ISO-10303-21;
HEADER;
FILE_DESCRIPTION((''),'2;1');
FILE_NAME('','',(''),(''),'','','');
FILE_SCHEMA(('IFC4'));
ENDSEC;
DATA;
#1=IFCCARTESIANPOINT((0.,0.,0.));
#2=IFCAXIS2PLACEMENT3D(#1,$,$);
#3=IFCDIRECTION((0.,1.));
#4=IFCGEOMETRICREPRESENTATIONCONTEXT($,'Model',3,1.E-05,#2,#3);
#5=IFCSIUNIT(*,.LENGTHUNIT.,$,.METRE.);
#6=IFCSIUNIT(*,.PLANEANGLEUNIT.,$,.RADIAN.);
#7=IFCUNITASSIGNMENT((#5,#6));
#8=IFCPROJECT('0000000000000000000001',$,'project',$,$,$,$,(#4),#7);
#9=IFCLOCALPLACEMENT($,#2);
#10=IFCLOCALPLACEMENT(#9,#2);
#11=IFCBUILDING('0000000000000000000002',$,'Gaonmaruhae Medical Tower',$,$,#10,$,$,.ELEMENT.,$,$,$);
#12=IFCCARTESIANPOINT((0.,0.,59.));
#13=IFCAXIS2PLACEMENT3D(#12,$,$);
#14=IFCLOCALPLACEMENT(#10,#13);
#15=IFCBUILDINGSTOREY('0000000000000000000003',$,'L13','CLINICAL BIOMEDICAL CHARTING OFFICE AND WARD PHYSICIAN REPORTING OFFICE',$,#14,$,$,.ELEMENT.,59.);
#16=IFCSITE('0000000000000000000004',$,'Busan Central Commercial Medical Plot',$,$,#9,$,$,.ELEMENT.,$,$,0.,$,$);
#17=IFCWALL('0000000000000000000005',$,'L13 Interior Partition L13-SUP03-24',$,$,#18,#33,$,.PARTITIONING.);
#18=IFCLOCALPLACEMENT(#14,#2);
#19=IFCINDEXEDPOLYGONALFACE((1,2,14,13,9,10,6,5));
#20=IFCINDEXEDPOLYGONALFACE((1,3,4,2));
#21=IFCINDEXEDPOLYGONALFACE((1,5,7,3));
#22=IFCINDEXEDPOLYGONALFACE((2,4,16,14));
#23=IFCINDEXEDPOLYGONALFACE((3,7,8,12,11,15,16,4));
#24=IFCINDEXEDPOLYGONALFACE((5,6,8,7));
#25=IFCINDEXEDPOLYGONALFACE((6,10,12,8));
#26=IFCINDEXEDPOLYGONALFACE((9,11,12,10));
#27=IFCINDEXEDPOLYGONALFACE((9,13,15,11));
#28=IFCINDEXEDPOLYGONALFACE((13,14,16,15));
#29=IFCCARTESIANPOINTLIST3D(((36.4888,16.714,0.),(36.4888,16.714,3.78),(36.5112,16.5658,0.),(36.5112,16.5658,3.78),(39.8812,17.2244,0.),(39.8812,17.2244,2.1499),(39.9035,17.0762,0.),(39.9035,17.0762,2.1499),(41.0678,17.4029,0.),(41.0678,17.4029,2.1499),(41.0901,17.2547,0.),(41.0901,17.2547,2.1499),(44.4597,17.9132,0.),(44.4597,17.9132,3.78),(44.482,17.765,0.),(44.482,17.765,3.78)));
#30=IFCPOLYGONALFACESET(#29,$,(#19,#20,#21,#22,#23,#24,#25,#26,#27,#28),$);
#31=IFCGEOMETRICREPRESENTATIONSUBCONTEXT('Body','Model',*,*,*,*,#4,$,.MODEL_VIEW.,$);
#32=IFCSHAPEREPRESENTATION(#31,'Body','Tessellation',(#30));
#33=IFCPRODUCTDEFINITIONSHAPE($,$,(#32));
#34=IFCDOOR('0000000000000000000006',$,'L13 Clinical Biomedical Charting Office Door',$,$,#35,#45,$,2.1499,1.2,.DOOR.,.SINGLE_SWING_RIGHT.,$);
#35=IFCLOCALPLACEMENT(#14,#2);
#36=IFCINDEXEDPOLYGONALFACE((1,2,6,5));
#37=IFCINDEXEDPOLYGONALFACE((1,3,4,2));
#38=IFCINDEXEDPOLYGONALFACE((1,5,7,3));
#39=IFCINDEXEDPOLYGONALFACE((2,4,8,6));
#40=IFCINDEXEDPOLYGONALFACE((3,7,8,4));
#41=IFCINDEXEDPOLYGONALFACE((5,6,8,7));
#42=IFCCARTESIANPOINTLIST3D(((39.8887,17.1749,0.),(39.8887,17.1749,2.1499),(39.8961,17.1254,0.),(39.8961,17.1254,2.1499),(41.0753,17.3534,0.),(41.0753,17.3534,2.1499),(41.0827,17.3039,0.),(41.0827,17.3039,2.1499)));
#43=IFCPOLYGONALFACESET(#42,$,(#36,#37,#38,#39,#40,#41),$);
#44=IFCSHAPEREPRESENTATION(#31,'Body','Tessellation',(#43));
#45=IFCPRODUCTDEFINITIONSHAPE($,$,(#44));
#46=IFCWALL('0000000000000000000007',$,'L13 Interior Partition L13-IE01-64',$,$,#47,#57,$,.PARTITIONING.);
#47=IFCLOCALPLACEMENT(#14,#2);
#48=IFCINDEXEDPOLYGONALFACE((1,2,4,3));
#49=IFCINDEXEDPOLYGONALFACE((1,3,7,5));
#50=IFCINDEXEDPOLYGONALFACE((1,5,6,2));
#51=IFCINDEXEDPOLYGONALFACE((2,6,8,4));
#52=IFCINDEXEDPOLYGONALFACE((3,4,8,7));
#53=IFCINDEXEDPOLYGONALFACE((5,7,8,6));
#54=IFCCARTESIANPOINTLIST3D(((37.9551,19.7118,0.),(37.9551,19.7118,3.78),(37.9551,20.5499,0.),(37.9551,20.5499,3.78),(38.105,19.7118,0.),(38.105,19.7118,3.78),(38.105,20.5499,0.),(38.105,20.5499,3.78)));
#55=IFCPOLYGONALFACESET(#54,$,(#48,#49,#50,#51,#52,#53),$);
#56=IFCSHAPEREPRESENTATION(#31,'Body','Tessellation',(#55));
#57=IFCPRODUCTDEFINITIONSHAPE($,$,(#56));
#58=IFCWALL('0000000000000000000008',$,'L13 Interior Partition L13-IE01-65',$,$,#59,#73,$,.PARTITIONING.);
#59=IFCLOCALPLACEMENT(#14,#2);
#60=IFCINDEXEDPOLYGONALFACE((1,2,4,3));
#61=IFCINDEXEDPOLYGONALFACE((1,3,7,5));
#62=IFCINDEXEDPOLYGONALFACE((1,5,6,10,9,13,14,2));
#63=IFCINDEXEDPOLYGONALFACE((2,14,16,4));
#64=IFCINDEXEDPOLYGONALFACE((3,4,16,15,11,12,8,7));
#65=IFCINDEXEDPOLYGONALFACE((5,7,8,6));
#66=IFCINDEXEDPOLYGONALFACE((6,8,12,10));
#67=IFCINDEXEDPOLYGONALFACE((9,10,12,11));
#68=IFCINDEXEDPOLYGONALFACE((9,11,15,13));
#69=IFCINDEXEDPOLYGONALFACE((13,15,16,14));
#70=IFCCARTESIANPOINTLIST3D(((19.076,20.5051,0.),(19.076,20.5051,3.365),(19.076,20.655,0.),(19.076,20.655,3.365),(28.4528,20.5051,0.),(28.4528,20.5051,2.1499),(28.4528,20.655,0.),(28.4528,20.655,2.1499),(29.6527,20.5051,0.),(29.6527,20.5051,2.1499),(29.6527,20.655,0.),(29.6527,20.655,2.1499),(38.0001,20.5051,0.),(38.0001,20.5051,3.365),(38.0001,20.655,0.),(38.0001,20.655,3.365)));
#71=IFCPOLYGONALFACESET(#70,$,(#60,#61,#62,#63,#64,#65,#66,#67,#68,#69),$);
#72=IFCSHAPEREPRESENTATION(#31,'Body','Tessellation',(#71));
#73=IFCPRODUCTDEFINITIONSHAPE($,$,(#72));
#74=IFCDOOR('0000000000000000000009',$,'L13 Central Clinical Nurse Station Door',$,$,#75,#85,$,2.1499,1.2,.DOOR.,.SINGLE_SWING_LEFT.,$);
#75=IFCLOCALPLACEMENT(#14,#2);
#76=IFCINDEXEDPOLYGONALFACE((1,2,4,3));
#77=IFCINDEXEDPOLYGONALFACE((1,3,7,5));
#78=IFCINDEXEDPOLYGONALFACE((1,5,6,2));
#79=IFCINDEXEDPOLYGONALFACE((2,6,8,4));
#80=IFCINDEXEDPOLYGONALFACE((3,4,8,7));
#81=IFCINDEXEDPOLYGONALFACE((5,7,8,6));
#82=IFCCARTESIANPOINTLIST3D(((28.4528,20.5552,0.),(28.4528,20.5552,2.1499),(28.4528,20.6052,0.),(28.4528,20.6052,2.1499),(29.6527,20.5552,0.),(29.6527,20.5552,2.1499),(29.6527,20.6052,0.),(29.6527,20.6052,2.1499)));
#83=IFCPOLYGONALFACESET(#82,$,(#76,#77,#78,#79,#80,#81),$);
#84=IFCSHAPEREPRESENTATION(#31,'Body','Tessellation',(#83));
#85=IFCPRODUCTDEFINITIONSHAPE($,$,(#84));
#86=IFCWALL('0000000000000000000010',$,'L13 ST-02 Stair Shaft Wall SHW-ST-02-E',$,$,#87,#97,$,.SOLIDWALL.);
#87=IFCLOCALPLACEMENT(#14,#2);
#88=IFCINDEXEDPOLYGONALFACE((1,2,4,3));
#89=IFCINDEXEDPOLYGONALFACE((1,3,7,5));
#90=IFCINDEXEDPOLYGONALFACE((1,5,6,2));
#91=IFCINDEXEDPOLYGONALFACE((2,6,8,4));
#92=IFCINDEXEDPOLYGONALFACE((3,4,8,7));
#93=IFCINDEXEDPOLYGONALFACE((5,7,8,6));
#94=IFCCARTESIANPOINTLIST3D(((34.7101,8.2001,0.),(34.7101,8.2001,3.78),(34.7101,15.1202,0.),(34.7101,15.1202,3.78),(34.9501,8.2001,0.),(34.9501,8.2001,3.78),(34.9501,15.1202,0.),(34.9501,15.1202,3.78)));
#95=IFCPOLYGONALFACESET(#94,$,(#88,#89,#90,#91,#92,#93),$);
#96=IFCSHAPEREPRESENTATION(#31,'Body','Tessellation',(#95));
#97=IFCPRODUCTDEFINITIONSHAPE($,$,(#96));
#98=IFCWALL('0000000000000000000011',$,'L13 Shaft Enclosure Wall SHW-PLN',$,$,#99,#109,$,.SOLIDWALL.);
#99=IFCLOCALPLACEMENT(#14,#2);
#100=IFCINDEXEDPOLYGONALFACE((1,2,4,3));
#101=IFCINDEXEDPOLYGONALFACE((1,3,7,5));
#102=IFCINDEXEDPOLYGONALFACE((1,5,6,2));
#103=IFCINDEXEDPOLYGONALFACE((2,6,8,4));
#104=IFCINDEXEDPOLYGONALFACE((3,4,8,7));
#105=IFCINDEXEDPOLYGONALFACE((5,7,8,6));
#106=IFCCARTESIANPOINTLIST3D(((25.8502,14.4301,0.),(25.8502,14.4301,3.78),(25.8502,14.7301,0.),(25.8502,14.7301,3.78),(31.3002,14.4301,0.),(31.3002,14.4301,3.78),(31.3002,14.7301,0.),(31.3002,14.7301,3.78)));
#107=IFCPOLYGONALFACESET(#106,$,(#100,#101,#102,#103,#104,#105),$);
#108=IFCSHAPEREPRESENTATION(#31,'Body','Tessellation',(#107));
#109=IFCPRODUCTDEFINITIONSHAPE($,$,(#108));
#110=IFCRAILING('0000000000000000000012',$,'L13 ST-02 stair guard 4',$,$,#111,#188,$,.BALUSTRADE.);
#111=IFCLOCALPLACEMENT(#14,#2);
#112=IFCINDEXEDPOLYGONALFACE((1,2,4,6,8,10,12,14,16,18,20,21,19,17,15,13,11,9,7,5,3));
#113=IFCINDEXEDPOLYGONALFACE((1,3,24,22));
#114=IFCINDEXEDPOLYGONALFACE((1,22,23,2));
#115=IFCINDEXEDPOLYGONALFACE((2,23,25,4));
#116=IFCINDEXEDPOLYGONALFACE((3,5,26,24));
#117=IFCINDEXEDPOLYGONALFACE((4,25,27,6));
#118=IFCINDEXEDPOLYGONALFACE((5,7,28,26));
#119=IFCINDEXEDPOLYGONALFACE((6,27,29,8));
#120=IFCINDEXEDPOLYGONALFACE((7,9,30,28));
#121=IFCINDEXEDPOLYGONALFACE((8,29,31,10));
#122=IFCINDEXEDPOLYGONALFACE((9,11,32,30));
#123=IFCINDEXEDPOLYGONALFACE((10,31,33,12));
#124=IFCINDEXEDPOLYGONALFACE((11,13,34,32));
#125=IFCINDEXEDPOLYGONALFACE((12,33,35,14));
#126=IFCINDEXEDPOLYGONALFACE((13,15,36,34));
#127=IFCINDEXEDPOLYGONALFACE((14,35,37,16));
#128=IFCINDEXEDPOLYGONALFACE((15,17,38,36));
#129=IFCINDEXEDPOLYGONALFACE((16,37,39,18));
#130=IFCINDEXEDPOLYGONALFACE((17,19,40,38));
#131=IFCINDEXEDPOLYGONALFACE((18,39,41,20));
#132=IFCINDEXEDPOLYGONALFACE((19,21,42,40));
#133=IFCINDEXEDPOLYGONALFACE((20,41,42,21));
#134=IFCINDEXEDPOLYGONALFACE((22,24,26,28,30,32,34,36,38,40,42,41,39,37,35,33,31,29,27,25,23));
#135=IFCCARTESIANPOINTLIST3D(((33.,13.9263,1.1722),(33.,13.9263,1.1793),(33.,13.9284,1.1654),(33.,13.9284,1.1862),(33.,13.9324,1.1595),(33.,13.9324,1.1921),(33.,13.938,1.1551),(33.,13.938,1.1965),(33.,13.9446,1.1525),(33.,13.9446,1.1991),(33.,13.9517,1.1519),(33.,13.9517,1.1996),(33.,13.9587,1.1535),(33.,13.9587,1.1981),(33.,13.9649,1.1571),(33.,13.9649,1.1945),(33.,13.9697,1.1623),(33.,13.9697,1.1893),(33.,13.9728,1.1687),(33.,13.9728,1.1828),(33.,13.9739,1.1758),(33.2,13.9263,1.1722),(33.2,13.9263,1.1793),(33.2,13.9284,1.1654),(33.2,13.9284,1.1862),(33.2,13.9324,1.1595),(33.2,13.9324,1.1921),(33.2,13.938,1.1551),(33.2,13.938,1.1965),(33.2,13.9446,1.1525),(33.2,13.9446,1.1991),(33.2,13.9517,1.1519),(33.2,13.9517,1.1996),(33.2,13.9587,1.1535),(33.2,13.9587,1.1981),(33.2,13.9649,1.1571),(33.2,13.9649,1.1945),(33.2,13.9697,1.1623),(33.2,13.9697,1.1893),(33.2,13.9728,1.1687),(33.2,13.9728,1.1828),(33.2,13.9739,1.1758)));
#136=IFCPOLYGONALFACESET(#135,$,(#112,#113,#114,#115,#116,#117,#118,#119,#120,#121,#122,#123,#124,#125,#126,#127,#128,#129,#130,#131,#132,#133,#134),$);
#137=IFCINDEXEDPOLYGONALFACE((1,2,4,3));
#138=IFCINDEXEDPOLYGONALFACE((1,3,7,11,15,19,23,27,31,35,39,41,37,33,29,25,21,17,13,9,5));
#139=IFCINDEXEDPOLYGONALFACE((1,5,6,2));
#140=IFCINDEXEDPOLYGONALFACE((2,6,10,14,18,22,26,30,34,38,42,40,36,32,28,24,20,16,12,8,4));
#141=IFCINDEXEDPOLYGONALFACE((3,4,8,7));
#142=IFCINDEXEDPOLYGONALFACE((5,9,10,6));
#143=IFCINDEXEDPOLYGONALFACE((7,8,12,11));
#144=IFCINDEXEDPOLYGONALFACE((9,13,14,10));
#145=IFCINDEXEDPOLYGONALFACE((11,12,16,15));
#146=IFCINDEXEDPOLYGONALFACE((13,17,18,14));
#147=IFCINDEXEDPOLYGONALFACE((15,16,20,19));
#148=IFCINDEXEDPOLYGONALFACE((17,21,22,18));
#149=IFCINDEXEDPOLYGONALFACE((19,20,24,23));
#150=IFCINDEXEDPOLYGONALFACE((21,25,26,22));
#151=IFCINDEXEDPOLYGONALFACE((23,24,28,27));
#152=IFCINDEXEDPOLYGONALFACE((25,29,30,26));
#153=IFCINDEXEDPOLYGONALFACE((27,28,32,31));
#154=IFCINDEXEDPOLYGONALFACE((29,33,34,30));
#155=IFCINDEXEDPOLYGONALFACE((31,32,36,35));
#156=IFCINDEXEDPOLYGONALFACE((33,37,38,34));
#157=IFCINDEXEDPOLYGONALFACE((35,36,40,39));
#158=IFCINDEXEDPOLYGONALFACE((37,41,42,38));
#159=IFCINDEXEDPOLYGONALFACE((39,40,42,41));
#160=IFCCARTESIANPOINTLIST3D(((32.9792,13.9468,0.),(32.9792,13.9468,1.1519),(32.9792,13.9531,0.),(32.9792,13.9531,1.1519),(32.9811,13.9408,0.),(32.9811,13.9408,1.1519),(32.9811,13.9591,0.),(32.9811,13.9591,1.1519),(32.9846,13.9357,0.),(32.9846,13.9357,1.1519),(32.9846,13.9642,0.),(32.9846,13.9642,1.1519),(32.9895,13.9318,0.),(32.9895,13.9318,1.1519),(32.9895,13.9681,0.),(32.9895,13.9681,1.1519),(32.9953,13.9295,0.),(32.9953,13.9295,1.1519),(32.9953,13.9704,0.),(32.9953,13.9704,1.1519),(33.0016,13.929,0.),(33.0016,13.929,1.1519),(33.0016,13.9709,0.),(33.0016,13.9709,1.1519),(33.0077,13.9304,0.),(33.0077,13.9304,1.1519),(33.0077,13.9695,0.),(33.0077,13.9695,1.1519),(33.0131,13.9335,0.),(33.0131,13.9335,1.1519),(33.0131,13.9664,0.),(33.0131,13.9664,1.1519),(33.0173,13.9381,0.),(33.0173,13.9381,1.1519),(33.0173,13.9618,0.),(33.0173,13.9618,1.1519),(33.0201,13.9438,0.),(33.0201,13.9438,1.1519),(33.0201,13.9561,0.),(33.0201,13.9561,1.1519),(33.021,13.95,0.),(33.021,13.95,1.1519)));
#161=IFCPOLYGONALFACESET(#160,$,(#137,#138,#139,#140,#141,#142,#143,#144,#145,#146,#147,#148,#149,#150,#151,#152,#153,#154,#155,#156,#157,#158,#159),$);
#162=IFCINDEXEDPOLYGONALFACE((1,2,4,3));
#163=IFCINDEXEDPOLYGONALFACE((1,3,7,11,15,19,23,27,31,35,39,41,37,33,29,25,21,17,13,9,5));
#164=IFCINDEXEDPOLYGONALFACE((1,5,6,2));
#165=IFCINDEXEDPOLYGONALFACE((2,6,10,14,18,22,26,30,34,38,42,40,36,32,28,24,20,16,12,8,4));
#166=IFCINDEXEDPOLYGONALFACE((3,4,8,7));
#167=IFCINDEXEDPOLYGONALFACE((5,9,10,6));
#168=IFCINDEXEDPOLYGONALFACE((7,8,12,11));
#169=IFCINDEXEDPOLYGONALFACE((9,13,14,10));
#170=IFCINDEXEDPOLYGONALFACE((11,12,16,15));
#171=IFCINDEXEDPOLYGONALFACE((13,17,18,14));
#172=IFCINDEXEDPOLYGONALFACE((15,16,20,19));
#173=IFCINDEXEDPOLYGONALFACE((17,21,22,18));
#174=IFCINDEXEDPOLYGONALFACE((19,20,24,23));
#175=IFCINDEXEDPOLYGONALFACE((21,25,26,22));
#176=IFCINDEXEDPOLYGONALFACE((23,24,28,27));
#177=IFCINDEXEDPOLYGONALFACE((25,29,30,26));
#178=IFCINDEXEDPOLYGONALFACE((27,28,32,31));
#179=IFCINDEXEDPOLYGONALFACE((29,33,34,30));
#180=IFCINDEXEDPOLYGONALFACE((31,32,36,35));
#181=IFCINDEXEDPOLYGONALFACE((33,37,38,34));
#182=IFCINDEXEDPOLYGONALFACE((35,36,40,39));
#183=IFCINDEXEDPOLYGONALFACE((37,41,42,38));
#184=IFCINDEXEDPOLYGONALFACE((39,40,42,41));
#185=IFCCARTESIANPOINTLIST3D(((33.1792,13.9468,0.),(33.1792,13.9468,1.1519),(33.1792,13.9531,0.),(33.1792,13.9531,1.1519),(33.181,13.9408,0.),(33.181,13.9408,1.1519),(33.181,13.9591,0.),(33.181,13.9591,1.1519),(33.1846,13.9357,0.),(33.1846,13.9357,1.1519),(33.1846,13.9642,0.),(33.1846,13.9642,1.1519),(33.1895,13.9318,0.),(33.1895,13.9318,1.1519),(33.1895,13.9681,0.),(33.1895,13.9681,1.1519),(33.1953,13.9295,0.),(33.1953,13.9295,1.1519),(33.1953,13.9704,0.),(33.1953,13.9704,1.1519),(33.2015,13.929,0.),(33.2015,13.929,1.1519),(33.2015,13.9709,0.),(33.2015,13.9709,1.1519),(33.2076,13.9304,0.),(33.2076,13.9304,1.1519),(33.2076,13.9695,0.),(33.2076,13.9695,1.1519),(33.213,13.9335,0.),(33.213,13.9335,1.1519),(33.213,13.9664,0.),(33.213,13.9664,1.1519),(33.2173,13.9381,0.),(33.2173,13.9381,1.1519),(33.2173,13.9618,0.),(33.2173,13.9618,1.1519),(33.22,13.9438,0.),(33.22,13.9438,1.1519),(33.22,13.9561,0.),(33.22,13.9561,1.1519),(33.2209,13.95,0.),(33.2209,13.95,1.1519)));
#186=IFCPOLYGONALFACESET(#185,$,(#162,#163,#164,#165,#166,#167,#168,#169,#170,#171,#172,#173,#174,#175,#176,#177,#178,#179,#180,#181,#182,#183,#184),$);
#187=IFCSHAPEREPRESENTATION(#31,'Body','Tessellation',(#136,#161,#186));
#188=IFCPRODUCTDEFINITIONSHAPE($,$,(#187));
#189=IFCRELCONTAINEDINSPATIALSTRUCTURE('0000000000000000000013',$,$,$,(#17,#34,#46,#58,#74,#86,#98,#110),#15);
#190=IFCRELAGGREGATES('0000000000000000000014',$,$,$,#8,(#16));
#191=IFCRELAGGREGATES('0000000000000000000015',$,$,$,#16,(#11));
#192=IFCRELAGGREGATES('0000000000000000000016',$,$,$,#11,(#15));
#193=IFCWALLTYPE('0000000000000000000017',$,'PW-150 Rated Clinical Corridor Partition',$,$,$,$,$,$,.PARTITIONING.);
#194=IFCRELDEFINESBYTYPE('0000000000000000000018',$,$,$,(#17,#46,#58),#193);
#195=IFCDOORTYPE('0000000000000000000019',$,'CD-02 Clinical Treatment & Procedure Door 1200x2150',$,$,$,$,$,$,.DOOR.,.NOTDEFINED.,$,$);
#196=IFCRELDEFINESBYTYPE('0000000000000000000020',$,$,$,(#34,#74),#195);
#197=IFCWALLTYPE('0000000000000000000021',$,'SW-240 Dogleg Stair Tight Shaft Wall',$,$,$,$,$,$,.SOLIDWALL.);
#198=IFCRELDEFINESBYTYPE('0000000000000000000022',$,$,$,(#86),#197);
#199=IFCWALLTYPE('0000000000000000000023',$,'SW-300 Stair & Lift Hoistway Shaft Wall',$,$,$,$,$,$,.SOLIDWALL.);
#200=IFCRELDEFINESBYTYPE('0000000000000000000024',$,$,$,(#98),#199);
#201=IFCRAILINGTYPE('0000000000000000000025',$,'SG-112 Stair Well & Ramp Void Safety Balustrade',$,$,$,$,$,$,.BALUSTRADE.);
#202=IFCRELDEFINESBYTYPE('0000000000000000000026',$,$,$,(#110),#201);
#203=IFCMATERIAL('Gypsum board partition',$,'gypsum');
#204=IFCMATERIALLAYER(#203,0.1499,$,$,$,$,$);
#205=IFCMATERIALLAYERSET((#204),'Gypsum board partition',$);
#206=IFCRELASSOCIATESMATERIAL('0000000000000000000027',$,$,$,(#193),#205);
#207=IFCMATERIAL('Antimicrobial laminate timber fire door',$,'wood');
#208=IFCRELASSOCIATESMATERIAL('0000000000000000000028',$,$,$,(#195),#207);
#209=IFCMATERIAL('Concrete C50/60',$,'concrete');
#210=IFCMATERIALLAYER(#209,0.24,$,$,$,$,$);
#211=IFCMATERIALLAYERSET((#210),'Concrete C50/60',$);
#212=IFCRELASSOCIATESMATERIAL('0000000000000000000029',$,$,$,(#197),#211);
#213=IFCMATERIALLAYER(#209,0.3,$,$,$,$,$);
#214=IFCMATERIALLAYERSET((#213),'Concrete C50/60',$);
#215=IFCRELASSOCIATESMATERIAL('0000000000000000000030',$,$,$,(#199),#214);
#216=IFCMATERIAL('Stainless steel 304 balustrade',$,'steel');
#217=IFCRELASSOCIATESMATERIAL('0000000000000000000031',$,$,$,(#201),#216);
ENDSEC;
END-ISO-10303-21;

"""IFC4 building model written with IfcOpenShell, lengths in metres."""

from ifc_helpers import new_model, si_unit, direction, frame, frame_2d, origin, origin_2d, place, context, subcontext, project, spatial, rectangle, circle, extrude, material, layer, layer_set, type_object, element, fill, save


model = new_model("IFC4")

# Units and contexts
model_context = context("Model", 3, precision=1e-05, world=origin(), true_north=direction((0.0, 1.0)))
body_context = subcontext(model_context, "Body", "Model", "MODEL_VIEW")
ifc_project = project(units=[si_unit("LENGTHUNIT", "METRE"), si_unit("PLANEANGLEUNIT", "RADIAN")], contexts=[model_context])

# Site, building, storey
site_placement = place(None, origin())
site = spatial("IfcSite", under=ifc_project, at=site_placement, Name="Busan Central Commercial Medical Plot", CompositionType="ELEMENT", RefElevation=0.0)
building_placement = place(site_placement, origin())
building = spatial("IfcBuilding", under=site, at=building_placement, Name="Gaonmaruhae Medical Tower", CompositionType="ELEMENT")
storey_placement = place(building_placement, frame((0.0, 0.0, 59.0)))
storey = spatial("IfcBuildingStorey", under=building, at=storey_placement, Name="L13", Description="CLINICAL BIOMEDICAL CHARTING OFFICE AND WARD PHYSICIAN REPORTING OFFICE", CompositionType="ELEMENT", Elevation=59.0)

# Shared definitions
ifc_material_1 = material(Name="Gypsum board partition", Category="gypsum")
ifc_layer_1 = layer(ifc_material_1, 0.1499)
ifc_layer_set_1 = layer_set([ifc_layer_1], Name="Gypsum board partition")
wall_type_1 = type_object("IfcWallType", Name="PW-150 Rated Clinical Corridor Partition", PredefinedType="PARTITIONING", material=ifc_layer_set_1)

# Wall, opening, door
wall_1_placement = place(storey_placement, frame((36.5, 16.6399, 0.0), z_axis=(0.0, 0.0, 1.0), x_axis=(0.988871, 0.148774, 0.0)))
wall_1 = element("IfcWall", 1, at=wall_1_placement, inside=storey, type_object=wall_type_1, Name="L13 Interior Partition L13-SUP03-24", PredefinedType="PARTITIONING", context=body_context, shape_type="SweptSolid", body=[
    extrude(rectangle(XDim=8.0605, YDim=0.1499, at=frame_2d((4.0303, 0.0))), origin(), (0.0, 0.0, 1.0), 3.78),
])
opening_1_placement = place(wall_1_placement, frame((3.4304, 0.0, 0.0)))
opening_1 = element("IfcOpeningElement", 2, at=opening_1_placement, cuts=wall_1, PredefinedType="OPENING", context=body_context, shape_type="SweptSolid", body=[
    extrude(rectangle(XDim=1.2, YDim=2.1499, at=frame_2d((0.6001, 1.075))), frame((0.0, 0.085, 0.0), z_axis=(0.0, -1.0, 0.0), x_axis=(1.0, 0.0, 0.0)), (0.0, 0.0, 1.0), 0.1699),
])
ifc_material_2 = material(Name="Antimicrobial laminate timber fire door", Category="wood")
door_type_1 = type_object("IfcDoorType", Name="CD-02 Clinical Treatment & Procedure Door 1200x2150", OperationType="NOTDEFINED", PredefinedType="DOOR", material=ifc_material_2)
door_1_placement = place(opening_1_placement, origin())
door_1 = element("IfcDoor", 3, at=door_1_placement, inside=storey, type_object=door_type_1, Name="L13 Clinical Biomedical Charting Office Door", OperationType="SINGLE_SWING_RIGHT", OverallHeight=2.1499, OverallWidth=1.2, PredefinedType="DOOR", context=body_context, shape_type="SweptSolid", body=[
    extrude(rectangle(XDim=1.2, YDim=2.1499, at=frame_2d((0.6001, 1.075))), frame((0.0, 0.0249, 0.0), z_axis=(0.0, -1.0, 0.0), x_axis=(1.0, 0.0, 0.0)), (0.0, 0.0, 1.0), 0.05),
])
fill(opening_1, door_1)

# Wall
wall_2_placement = place(storey_placement, frame((38.03, 19.7119, 0.0), z_axis=(0.0, 0.0, 1.0), x_axis=(0.0, 1.0, 0.0)))
element("IfcWall", 4, at=wall_2_placement, inside=storey, type_object=wall_type_1, Name="L13 Interior Partition L13-IE01-64", PredefinedType="PARTITIONING", context=body_context, shape_type="SweptSolid", body=[
    extrude(rectangle(XDim=0.8381, YDim=0.1499, at=frame_2d((0.4189, 0.0))), origin(), (0.0, 0.0, 1.0), 3.78),
])

# Wall, opening, door
wall_3_placement = place(storey_placement, frame((38.0, 20.5801, 0.0), z_axis=(0.0, 0.0, 1.0), x_axis=(-1.0, 0.0, 0.0)))
wall_3 = element("IfcWall", 5, at=wall_3_placement, inside=storey, type_object=wall_type_1, Name="L13 Interior Partition L13-IE01-65", PredefinedType="PARTITIONING", context=body_context, shape_type="SweptSolid", body=[
    extrude(rectangle(XDim=18.9241, YDim=0.1499, at=frame_2d((9.4619, 0.0))), origin(), (0.0, 0.0, 1.0), 3.365),
])
opening_2_placement = place(wall_3_placement, frame((8.3472, 0.0, 0.0)))
opening_2 = element("IfcOpeningElement", 6, at=opening_2_placement, cuts=wall_3, PredefinedType="OPENING", context=body_context, shape_type="SweptSolid", body=[
    extrude(rectangle(XDim=1.2, YDim=2.1499, at=frame_2d((0.6001, 1.075))), frame((0.0, 0.085, 0.0), z_axis=(0.0, -1.0, 0.0), x_axis=(1.0, 0.0, 0.0)), (0.0, 0.0, 1.0), 0.1699),
])
door_2_placement = place(opening_2_placement, origin())
door_2 = element("IfcDoor", 7, at=door_2_placement, inside=storey, type_object=door_type_1, Name="L13 Central Clinical Nurse Station Door", OperationType="SINGLE_SWING_LEFT", OverallHeight=2.1499, OverallWidth=1.2, PredefinedType="DOOR", context=body_context, shape_type="SweptSolid", body=[
    extrude(rectangle(XDim=1.2, YDim=2.1499, at=frame_2d((0.6001, 1.075))), frame((0.0, 0.0249, 0.0), z_axis=(0.0, -1.0, 0.0), x_axis=(1.0, 0.0, 0.0)), (0.0, 0.0, 1.0), 0.05),
])
fill(opening_2, door_2)
ifc_material_3 = material(Name="Concrete C50/60", Category="concrete")
ifc_layer_2 = layer(ifc_material_3, 0.24)
ifc_layer_set_2 = layer_set([ifc_layer_2], Name="Concrete C50/60")
wall_type_2 = type_object("IfcWallType", Name="SW-240 Dogleg Stair Tight Shaft Wall", PredefinedType="SOLIDWALL", material=ifc_layer_set_2)

# Walls
wall_4_placement = place(storey_placement, frame((34.8301, 15.1201, 0.0), z_axis=(0.0, 0.0, 1.0), x_axis=(0.0, -1.0, 0.0)))
element("IfcWall", 8, at=wall_4_placement, inside=storey, type_object=wall_type_2, Name="L13 ST-02 Stair Shaft Wall SHW-ST-02-E", PredefinedType="SOLIDWALL", context=body_context, shape_type="SweptSolid", body=[
    extrude(rectangle(XDim=6.9202, YDim=0.24, at=frame_2d((3.46, 0.0))), origin(), (0.0, 0.0, 1.0), 3.78),
])
ifc_layer_3 = layer(ifc_material_3, 0.3)
ifc_layer_set_3 = layer_set([ifc_layer_3], Name="Concrete C50/60")
wall_type_3 = type_object("IfcWallType", Name="SW-300 Stair & Lift Hoistway Shaft Wall", PredefinedType="SOLIDWALL", material=ifc_layer_set_3)
wall_5_placement = place(storey_placement, frame((25.8501, 14.5801, 0.0), z_axis=(0.0, 0.0, 1.0), x_axis=(1.0, 0.0, 0.0)))
element("IfcWall", 9, at=wall_5_placement, inside=storey, type_object=wall_type_3, Name="L13 Shaft Enclosure Wall SHW-PLN", PredefinedType="SOLIDWALL", context=body_context, shape_type="SweptSolid", body=[
    extrude(rectangle(XDim=5.45, YDim=0.3, at=frame_2d((2.7251, 0.0))), origin(), (0.0, 0.0, 1.0), 3.78),
])

# Railing
ifc_material_4 = material(Name="Stainless steel 304 balustrade", Category="steel")
railing_type = type_object("IfcRailingType", Name="SG-112 Stair Well & Ramp Void Safety Balustrade", PredefinedType="BALUSTRADE", material=ifc_material_4)
railing_1_placement = place(storey_placement, frame((33.0, 13.95, 0.0)))
element("IfcRailing", 10, at=railing_1_placement, inside=storey, type_object=railing_type, Name="L13 ST-02 stair guard 4", PredefinedType="BALUSTRADE", context=body_context, shape_type="SweptSolid", body=[
    extrude(circle(Radius=0.0239, at=origin_2d()), frame((0.0, 0.0, 1.1758), z_axis=(1.0, 0.0, 0.0), x_axis=(0.0, 1.0, 0.0)), (0.0, 0.0, 1.0), 0.2),
    extrude(circle(Radius=0.021, at=origin_2d()), origin(), (0.0, 0.0, 1.0), 1.1519),
    extrude(circle(Radius=0.021, at=origin_2d()), frame((0.2, 0.0, 0.0)), (0.0, 0.0, 1.0), 1.1519),
])

save(model, "model.ifc")
